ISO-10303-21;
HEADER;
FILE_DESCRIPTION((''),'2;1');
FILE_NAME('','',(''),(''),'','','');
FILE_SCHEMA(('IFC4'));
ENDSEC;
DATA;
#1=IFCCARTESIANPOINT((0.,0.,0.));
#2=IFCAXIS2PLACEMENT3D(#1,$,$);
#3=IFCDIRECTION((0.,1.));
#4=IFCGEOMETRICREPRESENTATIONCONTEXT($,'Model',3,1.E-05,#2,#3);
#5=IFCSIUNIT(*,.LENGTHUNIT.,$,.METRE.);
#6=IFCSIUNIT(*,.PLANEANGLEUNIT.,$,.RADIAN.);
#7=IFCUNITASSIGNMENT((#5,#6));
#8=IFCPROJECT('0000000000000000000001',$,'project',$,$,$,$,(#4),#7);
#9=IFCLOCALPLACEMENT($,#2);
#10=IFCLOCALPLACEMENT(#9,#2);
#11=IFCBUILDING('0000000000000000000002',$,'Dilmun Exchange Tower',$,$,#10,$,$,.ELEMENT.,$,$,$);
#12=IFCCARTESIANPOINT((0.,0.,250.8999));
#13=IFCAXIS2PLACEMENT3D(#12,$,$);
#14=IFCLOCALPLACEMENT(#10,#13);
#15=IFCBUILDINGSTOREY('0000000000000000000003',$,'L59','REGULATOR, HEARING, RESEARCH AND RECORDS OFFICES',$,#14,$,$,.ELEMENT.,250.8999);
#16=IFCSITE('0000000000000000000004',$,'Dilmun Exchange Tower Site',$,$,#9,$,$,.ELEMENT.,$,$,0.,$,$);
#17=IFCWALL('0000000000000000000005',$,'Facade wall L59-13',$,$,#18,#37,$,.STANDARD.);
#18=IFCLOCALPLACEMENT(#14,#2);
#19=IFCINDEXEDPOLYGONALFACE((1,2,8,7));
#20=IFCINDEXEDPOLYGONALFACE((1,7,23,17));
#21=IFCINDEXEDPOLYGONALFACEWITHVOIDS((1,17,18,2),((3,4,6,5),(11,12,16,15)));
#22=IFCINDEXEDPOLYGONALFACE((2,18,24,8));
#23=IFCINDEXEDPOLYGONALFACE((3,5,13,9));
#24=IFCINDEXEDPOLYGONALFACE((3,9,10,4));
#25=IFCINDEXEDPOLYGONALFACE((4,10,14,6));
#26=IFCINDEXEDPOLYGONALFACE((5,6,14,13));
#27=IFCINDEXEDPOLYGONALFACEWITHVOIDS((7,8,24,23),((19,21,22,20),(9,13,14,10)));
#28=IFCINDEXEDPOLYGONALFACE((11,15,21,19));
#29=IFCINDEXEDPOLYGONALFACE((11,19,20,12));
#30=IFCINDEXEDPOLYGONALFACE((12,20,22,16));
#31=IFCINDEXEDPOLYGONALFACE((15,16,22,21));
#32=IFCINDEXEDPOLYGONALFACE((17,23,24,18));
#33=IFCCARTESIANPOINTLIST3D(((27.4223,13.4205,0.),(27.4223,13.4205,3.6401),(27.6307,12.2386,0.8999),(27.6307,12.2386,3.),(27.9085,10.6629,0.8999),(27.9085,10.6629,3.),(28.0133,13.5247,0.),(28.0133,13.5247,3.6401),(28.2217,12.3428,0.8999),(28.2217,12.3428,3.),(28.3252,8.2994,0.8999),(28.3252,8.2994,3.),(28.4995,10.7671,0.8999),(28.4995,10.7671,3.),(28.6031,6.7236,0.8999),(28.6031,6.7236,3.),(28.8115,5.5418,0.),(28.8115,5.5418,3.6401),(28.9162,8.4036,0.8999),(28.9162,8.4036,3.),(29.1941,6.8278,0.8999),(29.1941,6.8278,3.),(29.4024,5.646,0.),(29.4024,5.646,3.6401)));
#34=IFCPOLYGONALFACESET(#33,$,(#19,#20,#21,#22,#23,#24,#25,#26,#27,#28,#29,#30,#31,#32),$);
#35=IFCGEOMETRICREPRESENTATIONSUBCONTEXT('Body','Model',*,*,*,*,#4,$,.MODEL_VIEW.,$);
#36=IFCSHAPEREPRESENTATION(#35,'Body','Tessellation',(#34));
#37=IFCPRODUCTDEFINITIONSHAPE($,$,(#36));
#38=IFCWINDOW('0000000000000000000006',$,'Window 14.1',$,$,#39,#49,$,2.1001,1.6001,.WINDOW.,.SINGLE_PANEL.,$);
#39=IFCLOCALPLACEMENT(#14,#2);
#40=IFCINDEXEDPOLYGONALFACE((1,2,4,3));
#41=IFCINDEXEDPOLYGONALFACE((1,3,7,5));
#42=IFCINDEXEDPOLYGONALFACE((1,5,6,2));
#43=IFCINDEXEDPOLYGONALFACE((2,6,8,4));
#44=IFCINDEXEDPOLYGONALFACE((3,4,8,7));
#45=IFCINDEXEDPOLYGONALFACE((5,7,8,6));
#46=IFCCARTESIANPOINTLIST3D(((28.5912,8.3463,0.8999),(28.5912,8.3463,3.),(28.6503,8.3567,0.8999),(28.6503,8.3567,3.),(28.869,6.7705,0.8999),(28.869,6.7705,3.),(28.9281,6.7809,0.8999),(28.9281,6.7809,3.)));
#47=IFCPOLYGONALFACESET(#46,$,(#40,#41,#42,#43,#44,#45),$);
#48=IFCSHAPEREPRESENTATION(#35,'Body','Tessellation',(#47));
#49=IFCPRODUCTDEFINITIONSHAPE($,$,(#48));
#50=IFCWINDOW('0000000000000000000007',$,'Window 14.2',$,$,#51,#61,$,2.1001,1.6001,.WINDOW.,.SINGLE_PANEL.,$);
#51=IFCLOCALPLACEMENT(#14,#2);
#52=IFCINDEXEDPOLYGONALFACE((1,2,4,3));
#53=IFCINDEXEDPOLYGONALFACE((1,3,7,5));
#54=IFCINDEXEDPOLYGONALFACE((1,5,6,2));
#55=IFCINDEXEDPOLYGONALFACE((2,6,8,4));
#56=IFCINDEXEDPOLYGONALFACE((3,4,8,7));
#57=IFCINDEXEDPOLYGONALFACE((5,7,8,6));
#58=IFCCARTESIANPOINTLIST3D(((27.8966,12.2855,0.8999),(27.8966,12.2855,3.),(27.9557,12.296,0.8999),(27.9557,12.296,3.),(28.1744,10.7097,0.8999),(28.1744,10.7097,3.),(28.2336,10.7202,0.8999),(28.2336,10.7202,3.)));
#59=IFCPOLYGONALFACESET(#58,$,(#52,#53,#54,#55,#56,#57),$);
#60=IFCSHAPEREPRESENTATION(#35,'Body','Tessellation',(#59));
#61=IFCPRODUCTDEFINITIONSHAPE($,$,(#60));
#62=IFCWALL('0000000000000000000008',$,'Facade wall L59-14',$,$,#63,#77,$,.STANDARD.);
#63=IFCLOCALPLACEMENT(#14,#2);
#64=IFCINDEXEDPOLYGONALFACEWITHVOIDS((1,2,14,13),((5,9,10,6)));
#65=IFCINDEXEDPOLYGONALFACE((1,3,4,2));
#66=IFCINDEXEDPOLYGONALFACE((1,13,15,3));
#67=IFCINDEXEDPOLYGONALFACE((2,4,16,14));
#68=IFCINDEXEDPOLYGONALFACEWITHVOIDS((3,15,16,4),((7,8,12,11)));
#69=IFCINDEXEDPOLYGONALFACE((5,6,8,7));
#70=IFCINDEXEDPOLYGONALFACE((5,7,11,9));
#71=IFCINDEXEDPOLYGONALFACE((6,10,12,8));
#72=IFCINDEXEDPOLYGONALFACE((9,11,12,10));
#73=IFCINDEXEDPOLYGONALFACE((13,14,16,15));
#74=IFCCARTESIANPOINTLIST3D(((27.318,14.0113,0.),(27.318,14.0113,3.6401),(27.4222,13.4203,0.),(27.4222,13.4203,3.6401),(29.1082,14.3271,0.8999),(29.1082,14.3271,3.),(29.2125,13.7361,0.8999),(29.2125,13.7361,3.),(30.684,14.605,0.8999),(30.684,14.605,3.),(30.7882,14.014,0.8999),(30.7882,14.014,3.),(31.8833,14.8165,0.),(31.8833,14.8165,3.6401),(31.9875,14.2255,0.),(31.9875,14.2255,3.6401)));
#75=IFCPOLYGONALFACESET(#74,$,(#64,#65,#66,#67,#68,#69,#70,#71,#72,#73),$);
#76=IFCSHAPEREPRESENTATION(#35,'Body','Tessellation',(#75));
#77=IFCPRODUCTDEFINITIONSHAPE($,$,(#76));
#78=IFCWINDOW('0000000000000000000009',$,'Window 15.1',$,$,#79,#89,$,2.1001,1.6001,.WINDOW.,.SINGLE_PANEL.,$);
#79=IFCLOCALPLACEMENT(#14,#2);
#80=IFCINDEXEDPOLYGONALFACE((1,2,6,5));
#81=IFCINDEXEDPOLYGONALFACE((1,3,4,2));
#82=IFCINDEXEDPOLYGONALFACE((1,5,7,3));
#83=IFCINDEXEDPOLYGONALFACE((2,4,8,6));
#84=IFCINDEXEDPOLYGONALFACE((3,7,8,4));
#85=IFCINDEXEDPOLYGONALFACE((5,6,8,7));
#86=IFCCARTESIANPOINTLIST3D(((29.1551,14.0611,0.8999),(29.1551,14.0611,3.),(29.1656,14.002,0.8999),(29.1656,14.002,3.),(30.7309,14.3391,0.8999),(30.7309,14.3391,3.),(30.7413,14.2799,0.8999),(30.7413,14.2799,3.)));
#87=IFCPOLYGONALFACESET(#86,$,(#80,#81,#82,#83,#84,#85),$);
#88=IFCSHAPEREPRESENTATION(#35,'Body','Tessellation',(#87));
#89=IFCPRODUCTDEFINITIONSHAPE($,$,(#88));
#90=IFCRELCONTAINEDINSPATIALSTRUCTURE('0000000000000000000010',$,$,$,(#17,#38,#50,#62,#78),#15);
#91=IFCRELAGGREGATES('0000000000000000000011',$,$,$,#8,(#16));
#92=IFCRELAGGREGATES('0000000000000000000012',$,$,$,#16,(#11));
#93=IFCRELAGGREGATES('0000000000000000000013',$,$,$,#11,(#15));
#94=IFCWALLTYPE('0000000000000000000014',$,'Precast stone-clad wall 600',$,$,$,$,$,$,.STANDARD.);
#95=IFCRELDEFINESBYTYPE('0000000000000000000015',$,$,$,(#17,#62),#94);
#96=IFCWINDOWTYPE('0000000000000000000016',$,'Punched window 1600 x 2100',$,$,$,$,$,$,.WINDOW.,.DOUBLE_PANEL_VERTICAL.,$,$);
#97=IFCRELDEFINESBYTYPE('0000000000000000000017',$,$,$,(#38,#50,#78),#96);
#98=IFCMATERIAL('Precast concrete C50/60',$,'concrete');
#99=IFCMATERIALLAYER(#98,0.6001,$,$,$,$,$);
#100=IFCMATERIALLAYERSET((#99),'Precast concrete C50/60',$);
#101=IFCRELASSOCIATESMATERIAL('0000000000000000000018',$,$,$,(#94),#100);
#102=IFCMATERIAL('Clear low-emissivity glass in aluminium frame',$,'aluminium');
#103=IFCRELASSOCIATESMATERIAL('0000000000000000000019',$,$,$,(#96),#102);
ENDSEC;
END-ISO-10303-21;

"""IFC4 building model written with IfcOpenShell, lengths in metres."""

from ifc_helpers import new_model, si_unit, direction, frame, frame_2d, origin, place, context, subcontext, project, spatial, rectangle, extrude, material, layer, layer_set, type_object, element, fill, save


model = new_model("IFC4")

# Units and contexts
model_context = context("Model", 3, precision=1e-05, world=origin(), true_north=direction((0.0, 1.0)))
body_context = subcontext(model_context, "Body", "Model", "MODEL_VIEW")
ifc_project = project(units=[si_unit("LENGTHUNIT", "METRE"), si_unit("PLANEANGLEUNIT", "RADIAN")], contexts=[model_context])

# Site, building, storey
site_placement = place(None, origin())
site = spatial("IfcSite", under=ifc_project, at=site_placement, Name="Dilmun Exchange Tower Site", CompositionType="ELEMENT", RefElevation=0.0)
building_placement = place(site_placement, origin())
building = spatial("IfcBuilding", under=site, at=building_placement, Name="Dilmun Exchange Tower", CompositionType="ELEMENT")
storey_placement = place(building_placement, frame((0.0, 0.0, 250.8999)))
storey = spatial("IfcBuildingStorey", under=building, at=storey_placement, Name="L59", Description="REGULATOR, HEARING, RESEARCH AND RECORDS OFFICES", CompositionType="ELEMENT", Elevation=250.8999)

# Shared definitions
ifc_material_1 = material(Name="Precast concrete C50/60", Category="concrete")
ifc_layer_1 = layer(ifc_material_1, 0.6001)
ifc_layer_set_1 = layer_set([ifc_layer_1], Name="Precast concrete C50/60")
wall_type_1 = type_object("IfcWallType", Name="Precast stone-clad wall 600", PredefinedType="STANDARD", material=ifc_layer_set_1)
ifc_material_2 = material(Name="Clear low-emissivity glass in aluminium frame", Category="aluminium")
window_type_1 = type_object("IfcWindowType", Name="Punched window 1600 x 2100", PartitioningType="DOUBLE_PANEL_VERTICAL", PredefinedType="WINDOW", material=ifc_material_2)

# Wall, openings, windows
wall_1_placement = place(storey_placement, frame((29.1069, 5.594, 0.0), z_axis=(0.0, 0.0, 1.0), x_axis=(-0.173641, 0.984809, 0.0)))
wall_1 = element("IfcWall", 1, at=wall_1_placement, inside=storey, type_object=wall_type_1, Name="Facade wall L59-13", PredefinedType="STANDARD", context=body_context, shape_type="SweptSolid", body=[
    extrude(rectangle(XDim=8.0002, YDim=0.6001, at=frame_2d((4.0, 0.0))), origin(), (0.0, 0.0, 1.0), 3.6401),
])
opening_1_placement = place(wall_1_placement, frame((1.2, 0.0, 0.8999)))
opening_1 = element("IfcOpeningElement", 2, at=opening_1_placement, cuts=wall_1, PredefinedType="OPENING", context=body_context, shape_type="SweptSolid", body=[
    extrude(rectangle(XDim=1.6001, YDim=2.1001, at=frame_2d((0.8, 1.05))), frame((0.0, 0.3101, 0.0), z_axis=(0.0, -1.0, 0.0), x_axis=(1.0, 0.0, 0.0)), (0.0, 0.0, 1.0), 0.6201),
])
opening_2_placement = place(wall_1_placement, frame((5.2, 0.0, 0.8999)))
opening_2 = element("IfcOpeningElement", 3, at=opening_2_placement, cuts=wall_1, PredefinedType="OPENING", context=body_context, shape_type="SweptSolid", body=[
    extrude(rectangle(XDim=1.6001, YDim=2.1001, at=frame_2d((0.8, 1.05))), frame((0.0, 0.3101, 0.0), z_axis=(0.0, -1.0, 0.0), x_axis=(1.0, 0.0, 0.0)), (0.0, 0.0, 1.0), 0.6201),
])
window_1_placement = place(opening_1_placement, origin())
window_1 = element("IfcWindow", 4, at=window_1_placement, inside=storey, type_object=window_type_1, Name="Window 14.1", OverallHeight=2.1001, OverallWidth=1.6001, PartitioningType="SINGLE_PANEL", PredefinedType="WINDOW", context=body_context, shape_type="SweptSolid", body=[
    extrude(rectangle(XDim=1.6001, YDim=2.1001, at=frame_2d((0.8, 1.05))), frame((0.0, 0.03, 0.0), z_axis=(0.0, -1.0, 0.0), x_axis=(1.0, 0.0, 0.0)), (0.0, 0.0, 1.0), 0.0601),
])
fill(opening_1, window_1)
window_2_placement = place(opening_2_placement, origin())
window_2 = element("IfcWindow", 5, at=window_2_placement, inside=storey, type_object=window_type_1, Name="Window 14.2", OverallHeight=2.1001, OverallWidth=1.6001, PartitioningType="SINGLE_PANEL", PredefinedType="WINDOW", context=body_context, shape_type="SweptSolid", body=[
    extrude(rectangle(XDim=1.6001, YDim=2.1001, at=frame_2d((0.8, 1.05))), frame((0.0, 0.03, 0.0), z_axis=(0.0, -1.0, 0.0), x_axis=(1.0, 0.0, 0.0)), (0.0, 0.0, 1.0), 0.0601),
])
fill(opening_2, window_2)

# Wall, opening, window
wall_2_placement = place(storey_placement, frame((27.3701, 13.7158, 0.0), z_axis=(0.0, 0.0, 1.0), x_axis=(0.9848, 0.173692, 0.0)))
wall_2 = element("IfcWall", 6, at=wall_2_placement, inside=storey, type_object=wall_type_1, Name="Facade wall L59-14", PredefinedType="STANDARD", context=body_context, shape_type="SweptSolid", body=[
    extrude(rectangle(XDim=4.6357, YDim=0.6001, at=frame_2d((2.3179, 0.0))), origin(), (0.0, 0.0, 1.0), 3.6401),
])
opening_3_placement = place(wall_2_placement, frame((1.8179, 0.0, 0.8999)))
opening_3 = element("IfcOpeningElement", 7, at=opening_3_placement, cuts=wall_2, PredefinedType="OPENING", context=body_context, shape_type="SweptSolid", body=[
    extrude(rectangle(XDim=1.6001, YDim=2.1001, at=frame_2d((0.8, 1.05))), frame((0.0, 0.3101, 0.0), z_axis=(0.0, -1.0, 0.0), x_axis=(1.0, 0.0, 0.0)), (0.0, 0.0, 1.0), 0.6201),
])
window_3_placement = place(opening_3_placement, origin())
window_3 = element("IfcWindow", 8, at=window_3_placement, inside=storey, type_object=window_type_1, Name="Window 15.1", OverallHeight=2.1001, OverallWidth=1.6001, PartitioningType="SINGLE_PANEL", PredefinedType="WINDOW", context=body_context, shape_type="SweptSolid", body=[
    extrude(rectangle(XDim=1.6001, YDim=2.1001, at=frame_2d((0.8, 1.05))), frame((0.0, 0.03, 0.0), z_axis=(0.0, -1.0, 0.0), x_axis=(1.0, 0.0, 0.0)), (0.0, 0.0, 1.0), 0.0601),
])
fill(opening_3, window_3)

save(model, "model.ifc")
